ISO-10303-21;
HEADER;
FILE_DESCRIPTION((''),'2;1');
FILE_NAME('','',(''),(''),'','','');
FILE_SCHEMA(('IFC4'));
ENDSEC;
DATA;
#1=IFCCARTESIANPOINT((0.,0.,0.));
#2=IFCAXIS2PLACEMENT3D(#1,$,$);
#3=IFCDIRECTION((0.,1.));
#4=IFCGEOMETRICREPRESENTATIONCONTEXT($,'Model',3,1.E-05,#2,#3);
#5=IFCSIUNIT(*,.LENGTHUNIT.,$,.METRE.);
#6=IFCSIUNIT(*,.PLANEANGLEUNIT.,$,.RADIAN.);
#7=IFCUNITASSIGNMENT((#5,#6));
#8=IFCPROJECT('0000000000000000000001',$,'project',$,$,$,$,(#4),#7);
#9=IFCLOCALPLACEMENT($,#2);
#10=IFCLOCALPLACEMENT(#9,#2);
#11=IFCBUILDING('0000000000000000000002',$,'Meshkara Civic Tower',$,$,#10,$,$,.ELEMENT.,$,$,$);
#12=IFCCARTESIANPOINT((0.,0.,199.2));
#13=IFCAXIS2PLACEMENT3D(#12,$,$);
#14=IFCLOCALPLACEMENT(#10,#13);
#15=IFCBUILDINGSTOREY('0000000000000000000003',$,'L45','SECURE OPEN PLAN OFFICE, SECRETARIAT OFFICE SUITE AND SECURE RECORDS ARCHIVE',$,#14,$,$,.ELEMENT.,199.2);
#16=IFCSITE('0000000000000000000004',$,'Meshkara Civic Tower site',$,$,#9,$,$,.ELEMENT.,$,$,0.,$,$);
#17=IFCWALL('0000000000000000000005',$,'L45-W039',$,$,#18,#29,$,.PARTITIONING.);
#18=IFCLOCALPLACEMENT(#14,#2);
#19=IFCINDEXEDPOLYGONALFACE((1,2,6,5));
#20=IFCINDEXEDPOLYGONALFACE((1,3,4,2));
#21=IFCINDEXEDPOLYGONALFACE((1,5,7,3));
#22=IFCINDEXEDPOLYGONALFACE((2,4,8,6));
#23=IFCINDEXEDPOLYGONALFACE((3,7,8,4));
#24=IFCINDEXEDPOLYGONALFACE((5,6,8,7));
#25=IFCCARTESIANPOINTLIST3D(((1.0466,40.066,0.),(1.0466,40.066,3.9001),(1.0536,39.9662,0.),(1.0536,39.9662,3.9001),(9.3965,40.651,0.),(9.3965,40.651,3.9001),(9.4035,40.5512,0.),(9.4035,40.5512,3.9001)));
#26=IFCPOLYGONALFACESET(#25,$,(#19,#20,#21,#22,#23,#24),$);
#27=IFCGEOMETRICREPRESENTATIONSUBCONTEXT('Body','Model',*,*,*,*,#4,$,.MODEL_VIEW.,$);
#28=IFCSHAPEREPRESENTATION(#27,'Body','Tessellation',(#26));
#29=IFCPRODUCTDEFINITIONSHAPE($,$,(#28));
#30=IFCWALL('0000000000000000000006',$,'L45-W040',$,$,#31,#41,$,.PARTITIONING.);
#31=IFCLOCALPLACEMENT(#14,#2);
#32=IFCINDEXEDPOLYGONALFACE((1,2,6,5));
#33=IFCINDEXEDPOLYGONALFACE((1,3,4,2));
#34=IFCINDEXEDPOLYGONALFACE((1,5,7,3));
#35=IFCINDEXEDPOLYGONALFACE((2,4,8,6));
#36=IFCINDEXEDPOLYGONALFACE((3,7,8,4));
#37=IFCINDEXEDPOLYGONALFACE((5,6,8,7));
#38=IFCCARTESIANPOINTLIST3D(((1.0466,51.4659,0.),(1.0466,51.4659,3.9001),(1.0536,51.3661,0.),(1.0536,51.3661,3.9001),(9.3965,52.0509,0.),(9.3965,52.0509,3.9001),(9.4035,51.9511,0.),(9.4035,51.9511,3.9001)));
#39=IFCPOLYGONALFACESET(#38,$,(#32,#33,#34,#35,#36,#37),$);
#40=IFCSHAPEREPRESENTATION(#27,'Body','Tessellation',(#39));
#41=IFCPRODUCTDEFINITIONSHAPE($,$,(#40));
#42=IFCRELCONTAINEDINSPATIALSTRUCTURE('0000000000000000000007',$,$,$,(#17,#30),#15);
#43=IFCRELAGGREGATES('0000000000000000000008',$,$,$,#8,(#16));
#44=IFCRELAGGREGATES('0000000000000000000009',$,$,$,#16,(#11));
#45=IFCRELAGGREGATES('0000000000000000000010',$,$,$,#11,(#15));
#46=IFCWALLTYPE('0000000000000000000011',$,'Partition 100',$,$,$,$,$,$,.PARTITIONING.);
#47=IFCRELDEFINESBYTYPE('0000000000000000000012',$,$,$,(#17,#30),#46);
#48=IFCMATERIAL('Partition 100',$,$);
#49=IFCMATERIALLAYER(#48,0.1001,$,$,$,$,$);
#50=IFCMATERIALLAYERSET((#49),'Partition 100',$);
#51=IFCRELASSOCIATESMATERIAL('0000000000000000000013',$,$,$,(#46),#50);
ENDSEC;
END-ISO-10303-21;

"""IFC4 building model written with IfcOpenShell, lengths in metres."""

from ifc_helpers import new_model, si_unit, direction, frame, frame_2d, origin, place, context, subcontext, project, spatial, rectangle, extrude, material, layer, layer_set, type_object, element, save


model = new_model("IFC4")

# Units and contexts
model_context = context("Model", 3, precision=1e-05, world=origin(), true_north=direction((0.0, 1.0)))
body_context = subcontext(model_context, "Body", "Model", "MODEL_VIEW")
ifc_project = project(units=[si_unit("LENGTHUNIT", "METRE"), si_unit("PLANEANGLEUNIT", "RADIAN")], contexts=[model_context])

# Site, building, storey
site_placement = place(None, origin())
site = spatial("IfcSite", under=ifc_project, at=site_placement, Name="Meshkara Civic Tower site", CompositionType="ELEMENT", RefElevation=0.0)
building_placement = place(site_placement, origin())
building = spatial("IfcBuilding", under=site, at=building_placement, Name="Meshkara Civic Tower", CompositionType="ELEMENT")
storey_placement = place(building_placement, frame((0.0, 0.0, 199.2)))
storey = spatial("IfcBuildingStorey", under=building, at=storey_placement, Name="L45", Description="SECURE OPEN PLAN OFFICE, SECRETARIAT OFFICE SUITE AND SECURE RECORDS ARCHIVE", CompositionType="ELEMENT", Elevation=199.2)

# Walls
ifc_material_1 = material(Name="Partition 100")
ifc_layer_1 = layer(ifc_material_1, 0.1001)
ifc_layer_set_1 = layer_set([ifc_layer_1], Name="Partition 100")
wall_type_1 = type_object("IfcWallType", Name="Partition 100", PredefinedType="PARTITIONING", material=ifc_layer_set_1)
for number, where, z_axis, x_axis, name in (
    (1, (9.3999, 40.6011, 0.0), (0.0, 0.0, 1.0), (-0.997555, -0.069885, 0.0), "L45-W039"),
    (2, (9.3999, 52.001, 0.0), (0.0, 0.0, 1.0), (-0.997555, -0.069885, 0.0), "L45-W040"),
):
    element("IfcWall", number, at=place(storey_placement, frame(where, z_axis=z_axis, x_axis=x_axis)), inside=storey, type_object=wall_type_1, Name=name, PredefinedType="PARTITIONING", context=body_context, shape_type="SweptSolid", body=[
        extrude(rectangle(XDim=8.3704, YDim=0.1001, at=frame_2d((4.1851, 0.0))), origin(), (0.0, 0.0, 1.0), 3.9001),
    ])

save(model, "model.ifc")
